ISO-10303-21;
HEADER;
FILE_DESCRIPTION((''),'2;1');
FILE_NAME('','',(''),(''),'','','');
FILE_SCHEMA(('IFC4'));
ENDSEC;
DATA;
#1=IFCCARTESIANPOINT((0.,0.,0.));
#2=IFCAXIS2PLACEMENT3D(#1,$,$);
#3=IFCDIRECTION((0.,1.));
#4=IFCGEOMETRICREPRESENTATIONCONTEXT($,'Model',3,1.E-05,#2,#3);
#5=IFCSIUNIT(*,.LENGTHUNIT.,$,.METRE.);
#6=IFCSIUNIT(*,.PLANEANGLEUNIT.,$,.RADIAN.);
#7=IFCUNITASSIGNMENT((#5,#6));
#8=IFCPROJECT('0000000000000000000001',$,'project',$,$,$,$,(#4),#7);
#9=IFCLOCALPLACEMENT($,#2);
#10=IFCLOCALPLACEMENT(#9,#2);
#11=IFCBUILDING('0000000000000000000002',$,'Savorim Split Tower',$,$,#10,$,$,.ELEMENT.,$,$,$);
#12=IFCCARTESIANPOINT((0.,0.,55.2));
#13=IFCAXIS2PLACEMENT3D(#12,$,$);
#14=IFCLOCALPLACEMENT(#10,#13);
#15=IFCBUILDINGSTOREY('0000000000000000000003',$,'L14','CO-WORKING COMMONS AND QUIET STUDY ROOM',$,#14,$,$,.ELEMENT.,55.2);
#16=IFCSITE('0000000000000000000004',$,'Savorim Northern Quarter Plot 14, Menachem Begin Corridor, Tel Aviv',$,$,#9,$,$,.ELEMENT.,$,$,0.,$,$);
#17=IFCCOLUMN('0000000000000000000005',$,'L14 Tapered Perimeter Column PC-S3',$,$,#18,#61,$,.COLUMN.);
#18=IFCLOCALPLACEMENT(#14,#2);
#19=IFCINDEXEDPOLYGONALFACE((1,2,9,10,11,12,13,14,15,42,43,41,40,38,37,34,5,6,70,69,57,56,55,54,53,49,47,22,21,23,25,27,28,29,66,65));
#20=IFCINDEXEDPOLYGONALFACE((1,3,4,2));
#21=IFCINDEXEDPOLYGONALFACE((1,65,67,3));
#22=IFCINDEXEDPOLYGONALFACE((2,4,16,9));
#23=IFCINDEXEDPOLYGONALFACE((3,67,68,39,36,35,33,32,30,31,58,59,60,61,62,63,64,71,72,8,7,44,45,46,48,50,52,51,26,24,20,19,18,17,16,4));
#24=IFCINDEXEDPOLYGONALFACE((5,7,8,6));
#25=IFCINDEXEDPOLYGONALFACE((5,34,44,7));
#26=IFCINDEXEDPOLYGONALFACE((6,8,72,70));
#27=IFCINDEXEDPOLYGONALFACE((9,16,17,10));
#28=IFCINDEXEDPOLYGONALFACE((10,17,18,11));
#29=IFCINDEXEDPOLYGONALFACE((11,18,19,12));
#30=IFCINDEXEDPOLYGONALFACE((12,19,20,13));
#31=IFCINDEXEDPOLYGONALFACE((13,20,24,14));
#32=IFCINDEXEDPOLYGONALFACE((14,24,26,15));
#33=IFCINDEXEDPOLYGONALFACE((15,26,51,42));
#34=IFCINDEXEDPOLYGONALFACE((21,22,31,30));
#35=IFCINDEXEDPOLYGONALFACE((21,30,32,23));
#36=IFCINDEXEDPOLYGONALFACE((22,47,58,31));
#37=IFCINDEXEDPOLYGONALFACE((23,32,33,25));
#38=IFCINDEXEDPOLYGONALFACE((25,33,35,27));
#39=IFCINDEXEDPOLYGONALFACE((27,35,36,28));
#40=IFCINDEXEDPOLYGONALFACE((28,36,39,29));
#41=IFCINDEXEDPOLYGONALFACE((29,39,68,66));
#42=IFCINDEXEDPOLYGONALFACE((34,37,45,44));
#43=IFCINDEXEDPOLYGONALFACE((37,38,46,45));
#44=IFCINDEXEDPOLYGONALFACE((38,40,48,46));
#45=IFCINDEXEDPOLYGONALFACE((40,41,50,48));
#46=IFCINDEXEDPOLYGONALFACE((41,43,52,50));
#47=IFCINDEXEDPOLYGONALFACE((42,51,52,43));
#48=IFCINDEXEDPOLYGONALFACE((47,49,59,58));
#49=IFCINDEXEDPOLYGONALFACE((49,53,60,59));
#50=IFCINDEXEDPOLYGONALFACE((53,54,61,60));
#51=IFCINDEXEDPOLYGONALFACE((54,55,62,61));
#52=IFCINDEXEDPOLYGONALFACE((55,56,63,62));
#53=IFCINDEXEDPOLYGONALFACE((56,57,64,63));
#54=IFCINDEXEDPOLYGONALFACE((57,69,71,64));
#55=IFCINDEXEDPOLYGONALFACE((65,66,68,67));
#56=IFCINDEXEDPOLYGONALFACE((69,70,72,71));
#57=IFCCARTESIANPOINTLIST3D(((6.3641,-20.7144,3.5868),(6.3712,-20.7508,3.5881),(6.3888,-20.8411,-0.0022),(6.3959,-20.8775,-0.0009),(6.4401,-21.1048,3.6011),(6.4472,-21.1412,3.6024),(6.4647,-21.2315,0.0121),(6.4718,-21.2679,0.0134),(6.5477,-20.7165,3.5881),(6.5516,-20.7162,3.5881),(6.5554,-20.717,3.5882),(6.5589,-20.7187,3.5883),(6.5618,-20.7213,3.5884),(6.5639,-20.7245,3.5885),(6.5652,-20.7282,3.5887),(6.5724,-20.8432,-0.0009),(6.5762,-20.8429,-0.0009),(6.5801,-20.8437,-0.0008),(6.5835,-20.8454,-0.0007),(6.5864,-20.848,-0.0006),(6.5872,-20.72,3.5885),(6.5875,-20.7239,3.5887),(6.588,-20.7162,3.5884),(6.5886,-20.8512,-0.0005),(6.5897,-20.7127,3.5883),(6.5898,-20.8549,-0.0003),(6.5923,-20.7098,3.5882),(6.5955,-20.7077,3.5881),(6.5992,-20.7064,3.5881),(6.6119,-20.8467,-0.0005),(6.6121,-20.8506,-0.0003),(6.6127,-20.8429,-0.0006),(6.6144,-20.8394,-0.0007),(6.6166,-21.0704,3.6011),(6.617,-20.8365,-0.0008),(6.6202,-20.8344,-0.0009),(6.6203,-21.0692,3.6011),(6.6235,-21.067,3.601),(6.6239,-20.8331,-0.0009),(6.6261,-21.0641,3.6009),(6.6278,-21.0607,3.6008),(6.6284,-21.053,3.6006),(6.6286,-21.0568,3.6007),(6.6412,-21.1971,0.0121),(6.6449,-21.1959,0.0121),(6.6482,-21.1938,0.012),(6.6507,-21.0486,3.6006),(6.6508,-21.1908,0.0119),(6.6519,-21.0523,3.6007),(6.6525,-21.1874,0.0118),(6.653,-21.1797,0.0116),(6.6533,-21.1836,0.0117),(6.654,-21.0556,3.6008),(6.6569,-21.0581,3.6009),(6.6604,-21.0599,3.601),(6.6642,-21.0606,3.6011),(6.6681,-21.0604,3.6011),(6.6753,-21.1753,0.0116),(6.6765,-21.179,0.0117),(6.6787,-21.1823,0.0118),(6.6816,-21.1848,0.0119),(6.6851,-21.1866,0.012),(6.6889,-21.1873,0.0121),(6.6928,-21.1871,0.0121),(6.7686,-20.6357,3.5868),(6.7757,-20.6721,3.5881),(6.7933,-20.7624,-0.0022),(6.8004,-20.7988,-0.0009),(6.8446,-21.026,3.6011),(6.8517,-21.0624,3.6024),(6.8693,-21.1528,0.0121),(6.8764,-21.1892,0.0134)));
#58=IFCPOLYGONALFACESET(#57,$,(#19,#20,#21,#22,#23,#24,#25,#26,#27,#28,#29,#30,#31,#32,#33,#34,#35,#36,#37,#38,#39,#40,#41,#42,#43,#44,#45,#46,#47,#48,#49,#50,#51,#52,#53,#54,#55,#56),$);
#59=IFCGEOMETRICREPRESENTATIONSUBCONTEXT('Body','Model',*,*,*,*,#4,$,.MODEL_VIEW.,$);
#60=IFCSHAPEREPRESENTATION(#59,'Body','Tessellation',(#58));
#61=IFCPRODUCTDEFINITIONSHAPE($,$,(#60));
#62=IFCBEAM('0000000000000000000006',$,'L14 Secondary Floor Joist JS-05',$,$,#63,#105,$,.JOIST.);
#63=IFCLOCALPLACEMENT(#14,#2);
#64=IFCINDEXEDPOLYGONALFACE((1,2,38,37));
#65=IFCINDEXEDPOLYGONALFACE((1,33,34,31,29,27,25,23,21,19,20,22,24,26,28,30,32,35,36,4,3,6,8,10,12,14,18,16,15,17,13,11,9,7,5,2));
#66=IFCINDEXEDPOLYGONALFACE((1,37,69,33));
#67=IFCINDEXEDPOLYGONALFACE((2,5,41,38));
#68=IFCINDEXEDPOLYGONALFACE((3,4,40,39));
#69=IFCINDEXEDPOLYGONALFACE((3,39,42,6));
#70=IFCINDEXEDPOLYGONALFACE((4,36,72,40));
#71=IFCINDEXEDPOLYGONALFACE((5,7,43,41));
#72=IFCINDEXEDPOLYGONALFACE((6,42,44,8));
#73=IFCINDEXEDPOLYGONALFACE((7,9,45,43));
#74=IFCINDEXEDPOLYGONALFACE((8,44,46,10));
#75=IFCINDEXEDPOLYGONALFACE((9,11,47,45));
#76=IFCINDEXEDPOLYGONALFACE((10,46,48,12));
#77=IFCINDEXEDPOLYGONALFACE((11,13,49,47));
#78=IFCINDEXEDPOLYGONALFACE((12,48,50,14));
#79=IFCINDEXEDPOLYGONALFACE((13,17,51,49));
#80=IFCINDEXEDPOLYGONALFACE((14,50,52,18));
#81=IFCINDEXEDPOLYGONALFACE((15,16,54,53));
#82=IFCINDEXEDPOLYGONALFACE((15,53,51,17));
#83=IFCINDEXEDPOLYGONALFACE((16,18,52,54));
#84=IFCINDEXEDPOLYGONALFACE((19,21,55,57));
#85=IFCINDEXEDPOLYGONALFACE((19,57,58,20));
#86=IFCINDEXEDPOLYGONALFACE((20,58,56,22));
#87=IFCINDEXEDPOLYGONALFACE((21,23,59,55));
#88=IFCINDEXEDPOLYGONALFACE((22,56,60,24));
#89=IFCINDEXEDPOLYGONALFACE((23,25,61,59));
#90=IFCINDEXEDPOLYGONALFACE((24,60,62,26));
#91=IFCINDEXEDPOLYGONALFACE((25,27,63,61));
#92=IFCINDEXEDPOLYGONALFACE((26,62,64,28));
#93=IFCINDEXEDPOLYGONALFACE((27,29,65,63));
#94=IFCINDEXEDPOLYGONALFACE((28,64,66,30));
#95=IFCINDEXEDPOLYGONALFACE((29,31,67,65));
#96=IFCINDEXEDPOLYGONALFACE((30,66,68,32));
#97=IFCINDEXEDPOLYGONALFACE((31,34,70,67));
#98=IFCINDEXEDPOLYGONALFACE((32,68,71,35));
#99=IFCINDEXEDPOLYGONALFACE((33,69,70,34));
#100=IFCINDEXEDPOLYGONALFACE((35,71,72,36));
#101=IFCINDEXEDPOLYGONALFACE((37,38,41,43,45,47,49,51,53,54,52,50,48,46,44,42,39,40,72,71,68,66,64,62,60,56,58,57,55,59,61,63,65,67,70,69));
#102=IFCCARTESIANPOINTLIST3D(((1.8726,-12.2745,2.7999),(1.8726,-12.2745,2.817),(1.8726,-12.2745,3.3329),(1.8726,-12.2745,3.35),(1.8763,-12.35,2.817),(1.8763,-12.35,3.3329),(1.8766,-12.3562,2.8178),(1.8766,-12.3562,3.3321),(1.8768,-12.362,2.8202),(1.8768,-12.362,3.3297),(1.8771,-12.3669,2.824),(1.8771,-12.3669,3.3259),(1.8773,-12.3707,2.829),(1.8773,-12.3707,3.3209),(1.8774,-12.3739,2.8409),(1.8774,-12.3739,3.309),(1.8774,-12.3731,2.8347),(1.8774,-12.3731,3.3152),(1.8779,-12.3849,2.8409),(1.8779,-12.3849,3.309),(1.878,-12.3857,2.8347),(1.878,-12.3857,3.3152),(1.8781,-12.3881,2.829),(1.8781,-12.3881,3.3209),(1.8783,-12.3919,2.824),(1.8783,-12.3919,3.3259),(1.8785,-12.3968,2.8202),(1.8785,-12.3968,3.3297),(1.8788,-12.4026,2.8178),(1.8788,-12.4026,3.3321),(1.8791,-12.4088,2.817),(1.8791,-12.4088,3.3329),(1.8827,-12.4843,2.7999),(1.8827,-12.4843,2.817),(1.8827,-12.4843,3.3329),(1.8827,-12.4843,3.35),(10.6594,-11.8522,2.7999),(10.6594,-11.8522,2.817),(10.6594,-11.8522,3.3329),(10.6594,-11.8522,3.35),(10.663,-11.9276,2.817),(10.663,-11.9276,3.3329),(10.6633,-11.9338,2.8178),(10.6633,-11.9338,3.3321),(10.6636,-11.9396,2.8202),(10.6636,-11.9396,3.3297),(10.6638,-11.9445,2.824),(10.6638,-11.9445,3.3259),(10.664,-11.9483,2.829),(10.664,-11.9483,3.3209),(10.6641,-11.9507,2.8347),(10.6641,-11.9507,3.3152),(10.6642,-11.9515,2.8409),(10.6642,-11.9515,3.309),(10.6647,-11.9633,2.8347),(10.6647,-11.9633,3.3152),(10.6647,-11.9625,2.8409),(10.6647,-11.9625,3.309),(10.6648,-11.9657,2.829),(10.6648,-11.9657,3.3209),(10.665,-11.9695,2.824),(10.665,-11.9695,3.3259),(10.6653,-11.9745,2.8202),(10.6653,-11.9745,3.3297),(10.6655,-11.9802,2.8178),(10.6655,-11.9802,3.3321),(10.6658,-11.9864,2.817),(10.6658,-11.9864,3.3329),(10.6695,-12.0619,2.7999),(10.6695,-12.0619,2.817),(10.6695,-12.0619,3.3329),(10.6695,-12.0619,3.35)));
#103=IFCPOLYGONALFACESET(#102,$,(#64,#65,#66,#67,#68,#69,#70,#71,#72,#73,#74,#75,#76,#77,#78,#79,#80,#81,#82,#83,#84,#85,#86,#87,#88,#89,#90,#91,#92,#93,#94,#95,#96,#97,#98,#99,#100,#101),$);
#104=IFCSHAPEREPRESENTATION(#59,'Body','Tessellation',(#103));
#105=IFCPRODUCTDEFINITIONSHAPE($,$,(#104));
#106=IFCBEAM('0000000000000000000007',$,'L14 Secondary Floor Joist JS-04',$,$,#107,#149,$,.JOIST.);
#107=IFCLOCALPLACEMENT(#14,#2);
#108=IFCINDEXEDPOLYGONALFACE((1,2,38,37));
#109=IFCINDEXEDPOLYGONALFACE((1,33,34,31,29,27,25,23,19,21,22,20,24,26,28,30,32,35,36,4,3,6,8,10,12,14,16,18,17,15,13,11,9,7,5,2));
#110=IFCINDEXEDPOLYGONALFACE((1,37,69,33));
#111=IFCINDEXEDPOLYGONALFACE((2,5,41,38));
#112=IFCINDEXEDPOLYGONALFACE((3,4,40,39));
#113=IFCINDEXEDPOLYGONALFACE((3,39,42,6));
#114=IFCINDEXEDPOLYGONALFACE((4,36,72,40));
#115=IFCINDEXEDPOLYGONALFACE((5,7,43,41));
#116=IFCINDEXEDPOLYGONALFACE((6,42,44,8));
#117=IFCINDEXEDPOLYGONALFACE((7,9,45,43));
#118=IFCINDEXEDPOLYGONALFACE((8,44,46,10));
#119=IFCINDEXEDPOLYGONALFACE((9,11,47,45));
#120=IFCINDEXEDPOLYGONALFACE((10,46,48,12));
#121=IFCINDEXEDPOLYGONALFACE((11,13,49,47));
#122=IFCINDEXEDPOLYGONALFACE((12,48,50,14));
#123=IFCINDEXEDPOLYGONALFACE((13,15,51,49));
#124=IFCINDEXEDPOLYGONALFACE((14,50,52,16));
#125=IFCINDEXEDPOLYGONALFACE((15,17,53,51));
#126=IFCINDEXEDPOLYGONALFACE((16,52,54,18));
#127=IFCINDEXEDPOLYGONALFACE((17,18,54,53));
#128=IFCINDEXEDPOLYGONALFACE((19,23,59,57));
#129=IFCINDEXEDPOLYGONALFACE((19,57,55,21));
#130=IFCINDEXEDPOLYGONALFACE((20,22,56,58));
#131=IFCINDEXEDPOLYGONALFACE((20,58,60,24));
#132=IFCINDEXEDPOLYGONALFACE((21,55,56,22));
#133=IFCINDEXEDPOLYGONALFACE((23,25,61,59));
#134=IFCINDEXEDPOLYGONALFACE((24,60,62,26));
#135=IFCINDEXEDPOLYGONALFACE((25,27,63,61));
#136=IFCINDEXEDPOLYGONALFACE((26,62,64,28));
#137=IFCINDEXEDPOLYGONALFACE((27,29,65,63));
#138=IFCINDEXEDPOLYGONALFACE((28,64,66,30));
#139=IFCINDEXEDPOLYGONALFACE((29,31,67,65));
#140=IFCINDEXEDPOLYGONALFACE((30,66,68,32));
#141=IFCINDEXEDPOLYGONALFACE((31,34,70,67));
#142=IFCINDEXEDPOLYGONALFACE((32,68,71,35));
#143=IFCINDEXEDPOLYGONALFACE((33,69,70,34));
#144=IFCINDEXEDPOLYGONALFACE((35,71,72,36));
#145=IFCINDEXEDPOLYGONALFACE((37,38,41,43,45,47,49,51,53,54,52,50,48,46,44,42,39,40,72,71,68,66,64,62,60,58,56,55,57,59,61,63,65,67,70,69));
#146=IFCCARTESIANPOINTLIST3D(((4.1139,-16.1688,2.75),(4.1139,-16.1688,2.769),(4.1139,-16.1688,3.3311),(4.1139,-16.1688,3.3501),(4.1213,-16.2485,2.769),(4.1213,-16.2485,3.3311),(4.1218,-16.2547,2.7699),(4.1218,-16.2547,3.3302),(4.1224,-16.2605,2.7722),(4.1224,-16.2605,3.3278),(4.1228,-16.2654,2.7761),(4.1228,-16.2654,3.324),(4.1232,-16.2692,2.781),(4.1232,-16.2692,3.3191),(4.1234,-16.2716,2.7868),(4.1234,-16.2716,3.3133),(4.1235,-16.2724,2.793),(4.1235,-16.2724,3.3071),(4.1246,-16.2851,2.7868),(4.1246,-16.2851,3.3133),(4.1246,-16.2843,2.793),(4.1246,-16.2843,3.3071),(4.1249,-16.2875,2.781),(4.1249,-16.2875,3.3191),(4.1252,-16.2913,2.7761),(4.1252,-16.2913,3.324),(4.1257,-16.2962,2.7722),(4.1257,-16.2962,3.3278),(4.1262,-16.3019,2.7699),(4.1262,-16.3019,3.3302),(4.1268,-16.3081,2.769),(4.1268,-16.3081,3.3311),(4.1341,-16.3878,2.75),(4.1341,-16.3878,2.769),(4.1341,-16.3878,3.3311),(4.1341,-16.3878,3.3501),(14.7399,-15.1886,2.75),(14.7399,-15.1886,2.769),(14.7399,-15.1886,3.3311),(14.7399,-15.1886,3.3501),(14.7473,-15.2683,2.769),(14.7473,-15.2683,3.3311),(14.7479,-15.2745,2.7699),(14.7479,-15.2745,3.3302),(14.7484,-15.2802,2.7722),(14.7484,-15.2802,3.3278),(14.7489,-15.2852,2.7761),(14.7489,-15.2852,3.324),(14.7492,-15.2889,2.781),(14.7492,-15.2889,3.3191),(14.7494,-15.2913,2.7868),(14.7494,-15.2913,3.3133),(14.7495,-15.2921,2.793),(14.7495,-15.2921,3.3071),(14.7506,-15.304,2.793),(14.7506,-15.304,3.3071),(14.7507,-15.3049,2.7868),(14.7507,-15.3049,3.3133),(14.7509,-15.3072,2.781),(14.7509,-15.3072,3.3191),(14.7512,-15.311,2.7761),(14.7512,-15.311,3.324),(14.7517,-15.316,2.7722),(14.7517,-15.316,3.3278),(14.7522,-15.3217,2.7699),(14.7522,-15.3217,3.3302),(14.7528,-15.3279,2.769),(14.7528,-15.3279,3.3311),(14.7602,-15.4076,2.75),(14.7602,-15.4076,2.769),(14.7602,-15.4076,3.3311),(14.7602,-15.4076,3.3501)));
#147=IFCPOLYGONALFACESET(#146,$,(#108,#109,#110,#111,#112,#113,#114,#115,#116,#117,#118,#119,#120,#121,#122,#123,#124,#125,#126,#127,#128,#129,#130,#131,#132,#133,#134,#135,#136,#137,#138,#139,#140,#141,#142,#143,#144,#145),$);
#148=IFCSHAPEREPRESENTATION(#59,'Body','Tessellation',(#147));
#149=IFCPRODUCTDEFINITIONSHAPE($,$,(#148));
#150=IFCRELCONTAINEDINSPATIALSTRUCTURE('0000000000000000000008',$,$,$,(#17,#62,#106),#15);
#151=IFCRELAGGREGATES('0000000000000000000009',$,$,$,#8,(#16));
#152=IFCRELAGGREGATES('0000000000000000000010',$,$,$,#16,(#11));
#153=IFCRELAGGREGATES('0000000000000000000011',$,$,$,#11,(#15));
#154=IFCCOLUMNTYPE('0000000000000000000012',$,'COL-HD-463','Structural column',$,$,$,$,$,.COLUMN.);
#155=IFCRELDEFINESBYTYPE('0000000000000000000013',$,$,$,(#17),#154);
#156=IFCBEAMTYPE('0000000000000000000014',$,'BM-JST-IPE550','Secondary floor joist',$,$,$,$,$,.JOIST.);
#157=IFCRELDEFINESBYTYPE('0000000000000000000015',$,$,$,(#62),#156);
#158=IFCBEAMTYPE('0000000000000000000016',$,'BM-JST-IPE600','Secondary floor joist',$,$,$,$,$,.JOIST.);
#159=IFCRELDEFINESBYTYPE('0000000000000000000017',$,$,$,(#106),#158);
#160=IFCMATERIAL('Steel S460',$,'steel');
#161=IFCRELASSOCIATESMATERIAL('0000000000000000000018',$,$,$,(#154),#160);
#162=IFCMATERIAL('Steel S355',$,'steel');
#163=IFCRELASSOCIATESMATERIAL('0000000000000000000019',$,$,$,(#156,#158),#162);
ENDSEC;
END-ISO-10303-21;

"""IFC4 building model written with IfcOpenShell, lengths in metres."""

from ifc_helpers import new_model, si_unit, direction, frame, origin, origin_2d, place, context, subcontext, project, spatial, i_section, extrude, material, material_profile, profile_set, type_object, element, save


model = new_model("IFC4")

# Units and contexts
model_context = context("Model", 3, precision=1e-05, world=origin(), true_north=direction((0.0, 1.0)))
body_context = subcontext(model_context, "Body", "Model", "MODEL_VIEW")
ifc_project = project(units=[si_unit("LENGTHUNIT", "METRE"), si_unit("PLANEANGLEUNIT", "RADIAN")], contexts=[model_context])

# Site, building, storey
site_placement = place(None, origin())
site = spatial("IfcSite", under=ifc_project, at=site_placement, Name="Savorim Northern Quarter Plot 14, Menachem Begin Corridor, Tel Aviv", CompositionType="ELEMENT", RefElevation=0.0)
building_placement = place(site_placement, origin())
building = spatial("IfcBuilding", under=site, at=building_placement, Name="Savorim Split Tower", CompositionType="ELEMENT")
storey_placement = place(building_placement, frame((0.0, 0.0, 55.2)))
storey = spatial("IfcBuildingStorey", under=building, at=storey_placement, Name="L14", Description="CO-WORKING COMMONS AND QUIET STUDY ROOM", CompositionType="ELEMENT", Elevation=55.2)

# Column
ifc_material_1 = material(Name="Steel S460", Category="steel")
ifc_material_profile_1 = material_profile(ifc_material_1, i_section(OverallWidth=0.4121, OverallDepth=0.4351, WebThickness=0.0227, FlangeThickness=0.0371, FilletRadius=0.0149, at=origin_2d()), Name="HD 400x463")
ifc_profile_set_1 = profile_set([ifc_material_profile_1], Name="Steel S460")
column_type = type_object("IfcColumnType", Name="COL-HD-463", Description="Structural column", PredefinedType="COLUMN", material=ifc_profile_set_1)
column_placement = place(storey_placement, frame((6.6326, -21.0151, 0.0056), z_axis=(-0.006866, 0.035283, 0.999354), x_axis=(-0.981586, -0.191022, 0.0)))
element("IfcColumn", 1, at=column_placement, inside=storey, type_object=column_type, Name="L14 Tapered Perimeter Column PC-S3", PredefinedType="COLUMN", context=body_context, shape_type="SweptSolid", body=[
    extrude(i_section(OverallWidth=0.4121, OverallDepth=0.4351, WebThickness=0.0227, FlangeThickness=0.0371, FilletRadius=0.0149, at=origin_2d()), origin(), (0.0, 0.0, 1.0), 3.5913),
])

# Beams
ifc_material_2 = material(Name="Steel S355", Category="steel")
ifc_material_profile_2 = material_profile(ifc_material_2, i_section(OverallWidth=0.21, OverallDepth=0.55, WebThickness=0.011, FlangeThickness=0.0171, FilletRadius=0.0239, at=origin_2d()), Name="IPE 550")
ifc_profile_set_2 = profile_set([ifc_material_profile_2], Name="Steel S355")
beam_type_1 = type_object("IfcBeamType", Name="BM-JST-IPE550", Description="Secondary floor joist", PredefinedType="JOIST", material=ifc_profile_set_2)
beam_1_placement = place(storey_placement, frame((1.8777, -12.3794, 3.075), z_axis=(0.998847, 0.048013, 0.0), x_axis=(-0.048013, 0.998847, 0.0)))
element("IfcBeam", 2, at=beam_1_placement, inside=storey, type_object=beam_type_1, Name="L14 Secondary Floor Joist JS-05", PredefinedType="JOIST", context=body_context, shape_type="SweptSolid", body=[
    extrude(i_section(OverallWidth=0.21, OverallDepth=0.55, WebThickness=0.011, FlangeThickness=0.0171, FilletRadius=0.0239, at=origin_2d()), origin(), (0.0, 0.0, 1.0), 8.7969),
])
ifc_material_profile_3 = material_profile(ifc_material_2, i_section(OverallWidth=0.22, OverallDepth=0.6001, WebThickness=0.012, FlangeThickness=0.019, FilletRadius=0.0239, at=origin_2d()), Name="IPE 600")
ifc_profile_set_3 = profile_set([ifc_material_profile_3], Name="Steel S355")
beam_type_2 = type_object("IfcBeamType", Name="BM-JST-IPE600", Description="Secondary floor joist", PredefinedType="JOIST", material=ifc_profile_set_3)
beam_2_placement = place(storey_placement, frame((4.124, -16.2783, 3.05), z_axis=(0.995772, 0.091858, 0.0), x_axis=(-0.091858, 0.995772, 0.0)))
element("IfcBeam", 3, at=beam_2_placement, inside=storey, type_object=beam_type_2, Name="L14 Secondary Floor Joist JS-04", PredefinedType="JOIST", context=body_context, shape_type="SweptSolid", body=[
    extrude(i_section(OverallWidth=0.22, OverallDepth=0.6001, WebThickness=0.012, FlangeThickness=0.019, FilletRadius=0.0239, at=origin_2d()), origin(), (0.0, 0.0, 1.0), 10.6711),
])

save(model, "model.ifc")
